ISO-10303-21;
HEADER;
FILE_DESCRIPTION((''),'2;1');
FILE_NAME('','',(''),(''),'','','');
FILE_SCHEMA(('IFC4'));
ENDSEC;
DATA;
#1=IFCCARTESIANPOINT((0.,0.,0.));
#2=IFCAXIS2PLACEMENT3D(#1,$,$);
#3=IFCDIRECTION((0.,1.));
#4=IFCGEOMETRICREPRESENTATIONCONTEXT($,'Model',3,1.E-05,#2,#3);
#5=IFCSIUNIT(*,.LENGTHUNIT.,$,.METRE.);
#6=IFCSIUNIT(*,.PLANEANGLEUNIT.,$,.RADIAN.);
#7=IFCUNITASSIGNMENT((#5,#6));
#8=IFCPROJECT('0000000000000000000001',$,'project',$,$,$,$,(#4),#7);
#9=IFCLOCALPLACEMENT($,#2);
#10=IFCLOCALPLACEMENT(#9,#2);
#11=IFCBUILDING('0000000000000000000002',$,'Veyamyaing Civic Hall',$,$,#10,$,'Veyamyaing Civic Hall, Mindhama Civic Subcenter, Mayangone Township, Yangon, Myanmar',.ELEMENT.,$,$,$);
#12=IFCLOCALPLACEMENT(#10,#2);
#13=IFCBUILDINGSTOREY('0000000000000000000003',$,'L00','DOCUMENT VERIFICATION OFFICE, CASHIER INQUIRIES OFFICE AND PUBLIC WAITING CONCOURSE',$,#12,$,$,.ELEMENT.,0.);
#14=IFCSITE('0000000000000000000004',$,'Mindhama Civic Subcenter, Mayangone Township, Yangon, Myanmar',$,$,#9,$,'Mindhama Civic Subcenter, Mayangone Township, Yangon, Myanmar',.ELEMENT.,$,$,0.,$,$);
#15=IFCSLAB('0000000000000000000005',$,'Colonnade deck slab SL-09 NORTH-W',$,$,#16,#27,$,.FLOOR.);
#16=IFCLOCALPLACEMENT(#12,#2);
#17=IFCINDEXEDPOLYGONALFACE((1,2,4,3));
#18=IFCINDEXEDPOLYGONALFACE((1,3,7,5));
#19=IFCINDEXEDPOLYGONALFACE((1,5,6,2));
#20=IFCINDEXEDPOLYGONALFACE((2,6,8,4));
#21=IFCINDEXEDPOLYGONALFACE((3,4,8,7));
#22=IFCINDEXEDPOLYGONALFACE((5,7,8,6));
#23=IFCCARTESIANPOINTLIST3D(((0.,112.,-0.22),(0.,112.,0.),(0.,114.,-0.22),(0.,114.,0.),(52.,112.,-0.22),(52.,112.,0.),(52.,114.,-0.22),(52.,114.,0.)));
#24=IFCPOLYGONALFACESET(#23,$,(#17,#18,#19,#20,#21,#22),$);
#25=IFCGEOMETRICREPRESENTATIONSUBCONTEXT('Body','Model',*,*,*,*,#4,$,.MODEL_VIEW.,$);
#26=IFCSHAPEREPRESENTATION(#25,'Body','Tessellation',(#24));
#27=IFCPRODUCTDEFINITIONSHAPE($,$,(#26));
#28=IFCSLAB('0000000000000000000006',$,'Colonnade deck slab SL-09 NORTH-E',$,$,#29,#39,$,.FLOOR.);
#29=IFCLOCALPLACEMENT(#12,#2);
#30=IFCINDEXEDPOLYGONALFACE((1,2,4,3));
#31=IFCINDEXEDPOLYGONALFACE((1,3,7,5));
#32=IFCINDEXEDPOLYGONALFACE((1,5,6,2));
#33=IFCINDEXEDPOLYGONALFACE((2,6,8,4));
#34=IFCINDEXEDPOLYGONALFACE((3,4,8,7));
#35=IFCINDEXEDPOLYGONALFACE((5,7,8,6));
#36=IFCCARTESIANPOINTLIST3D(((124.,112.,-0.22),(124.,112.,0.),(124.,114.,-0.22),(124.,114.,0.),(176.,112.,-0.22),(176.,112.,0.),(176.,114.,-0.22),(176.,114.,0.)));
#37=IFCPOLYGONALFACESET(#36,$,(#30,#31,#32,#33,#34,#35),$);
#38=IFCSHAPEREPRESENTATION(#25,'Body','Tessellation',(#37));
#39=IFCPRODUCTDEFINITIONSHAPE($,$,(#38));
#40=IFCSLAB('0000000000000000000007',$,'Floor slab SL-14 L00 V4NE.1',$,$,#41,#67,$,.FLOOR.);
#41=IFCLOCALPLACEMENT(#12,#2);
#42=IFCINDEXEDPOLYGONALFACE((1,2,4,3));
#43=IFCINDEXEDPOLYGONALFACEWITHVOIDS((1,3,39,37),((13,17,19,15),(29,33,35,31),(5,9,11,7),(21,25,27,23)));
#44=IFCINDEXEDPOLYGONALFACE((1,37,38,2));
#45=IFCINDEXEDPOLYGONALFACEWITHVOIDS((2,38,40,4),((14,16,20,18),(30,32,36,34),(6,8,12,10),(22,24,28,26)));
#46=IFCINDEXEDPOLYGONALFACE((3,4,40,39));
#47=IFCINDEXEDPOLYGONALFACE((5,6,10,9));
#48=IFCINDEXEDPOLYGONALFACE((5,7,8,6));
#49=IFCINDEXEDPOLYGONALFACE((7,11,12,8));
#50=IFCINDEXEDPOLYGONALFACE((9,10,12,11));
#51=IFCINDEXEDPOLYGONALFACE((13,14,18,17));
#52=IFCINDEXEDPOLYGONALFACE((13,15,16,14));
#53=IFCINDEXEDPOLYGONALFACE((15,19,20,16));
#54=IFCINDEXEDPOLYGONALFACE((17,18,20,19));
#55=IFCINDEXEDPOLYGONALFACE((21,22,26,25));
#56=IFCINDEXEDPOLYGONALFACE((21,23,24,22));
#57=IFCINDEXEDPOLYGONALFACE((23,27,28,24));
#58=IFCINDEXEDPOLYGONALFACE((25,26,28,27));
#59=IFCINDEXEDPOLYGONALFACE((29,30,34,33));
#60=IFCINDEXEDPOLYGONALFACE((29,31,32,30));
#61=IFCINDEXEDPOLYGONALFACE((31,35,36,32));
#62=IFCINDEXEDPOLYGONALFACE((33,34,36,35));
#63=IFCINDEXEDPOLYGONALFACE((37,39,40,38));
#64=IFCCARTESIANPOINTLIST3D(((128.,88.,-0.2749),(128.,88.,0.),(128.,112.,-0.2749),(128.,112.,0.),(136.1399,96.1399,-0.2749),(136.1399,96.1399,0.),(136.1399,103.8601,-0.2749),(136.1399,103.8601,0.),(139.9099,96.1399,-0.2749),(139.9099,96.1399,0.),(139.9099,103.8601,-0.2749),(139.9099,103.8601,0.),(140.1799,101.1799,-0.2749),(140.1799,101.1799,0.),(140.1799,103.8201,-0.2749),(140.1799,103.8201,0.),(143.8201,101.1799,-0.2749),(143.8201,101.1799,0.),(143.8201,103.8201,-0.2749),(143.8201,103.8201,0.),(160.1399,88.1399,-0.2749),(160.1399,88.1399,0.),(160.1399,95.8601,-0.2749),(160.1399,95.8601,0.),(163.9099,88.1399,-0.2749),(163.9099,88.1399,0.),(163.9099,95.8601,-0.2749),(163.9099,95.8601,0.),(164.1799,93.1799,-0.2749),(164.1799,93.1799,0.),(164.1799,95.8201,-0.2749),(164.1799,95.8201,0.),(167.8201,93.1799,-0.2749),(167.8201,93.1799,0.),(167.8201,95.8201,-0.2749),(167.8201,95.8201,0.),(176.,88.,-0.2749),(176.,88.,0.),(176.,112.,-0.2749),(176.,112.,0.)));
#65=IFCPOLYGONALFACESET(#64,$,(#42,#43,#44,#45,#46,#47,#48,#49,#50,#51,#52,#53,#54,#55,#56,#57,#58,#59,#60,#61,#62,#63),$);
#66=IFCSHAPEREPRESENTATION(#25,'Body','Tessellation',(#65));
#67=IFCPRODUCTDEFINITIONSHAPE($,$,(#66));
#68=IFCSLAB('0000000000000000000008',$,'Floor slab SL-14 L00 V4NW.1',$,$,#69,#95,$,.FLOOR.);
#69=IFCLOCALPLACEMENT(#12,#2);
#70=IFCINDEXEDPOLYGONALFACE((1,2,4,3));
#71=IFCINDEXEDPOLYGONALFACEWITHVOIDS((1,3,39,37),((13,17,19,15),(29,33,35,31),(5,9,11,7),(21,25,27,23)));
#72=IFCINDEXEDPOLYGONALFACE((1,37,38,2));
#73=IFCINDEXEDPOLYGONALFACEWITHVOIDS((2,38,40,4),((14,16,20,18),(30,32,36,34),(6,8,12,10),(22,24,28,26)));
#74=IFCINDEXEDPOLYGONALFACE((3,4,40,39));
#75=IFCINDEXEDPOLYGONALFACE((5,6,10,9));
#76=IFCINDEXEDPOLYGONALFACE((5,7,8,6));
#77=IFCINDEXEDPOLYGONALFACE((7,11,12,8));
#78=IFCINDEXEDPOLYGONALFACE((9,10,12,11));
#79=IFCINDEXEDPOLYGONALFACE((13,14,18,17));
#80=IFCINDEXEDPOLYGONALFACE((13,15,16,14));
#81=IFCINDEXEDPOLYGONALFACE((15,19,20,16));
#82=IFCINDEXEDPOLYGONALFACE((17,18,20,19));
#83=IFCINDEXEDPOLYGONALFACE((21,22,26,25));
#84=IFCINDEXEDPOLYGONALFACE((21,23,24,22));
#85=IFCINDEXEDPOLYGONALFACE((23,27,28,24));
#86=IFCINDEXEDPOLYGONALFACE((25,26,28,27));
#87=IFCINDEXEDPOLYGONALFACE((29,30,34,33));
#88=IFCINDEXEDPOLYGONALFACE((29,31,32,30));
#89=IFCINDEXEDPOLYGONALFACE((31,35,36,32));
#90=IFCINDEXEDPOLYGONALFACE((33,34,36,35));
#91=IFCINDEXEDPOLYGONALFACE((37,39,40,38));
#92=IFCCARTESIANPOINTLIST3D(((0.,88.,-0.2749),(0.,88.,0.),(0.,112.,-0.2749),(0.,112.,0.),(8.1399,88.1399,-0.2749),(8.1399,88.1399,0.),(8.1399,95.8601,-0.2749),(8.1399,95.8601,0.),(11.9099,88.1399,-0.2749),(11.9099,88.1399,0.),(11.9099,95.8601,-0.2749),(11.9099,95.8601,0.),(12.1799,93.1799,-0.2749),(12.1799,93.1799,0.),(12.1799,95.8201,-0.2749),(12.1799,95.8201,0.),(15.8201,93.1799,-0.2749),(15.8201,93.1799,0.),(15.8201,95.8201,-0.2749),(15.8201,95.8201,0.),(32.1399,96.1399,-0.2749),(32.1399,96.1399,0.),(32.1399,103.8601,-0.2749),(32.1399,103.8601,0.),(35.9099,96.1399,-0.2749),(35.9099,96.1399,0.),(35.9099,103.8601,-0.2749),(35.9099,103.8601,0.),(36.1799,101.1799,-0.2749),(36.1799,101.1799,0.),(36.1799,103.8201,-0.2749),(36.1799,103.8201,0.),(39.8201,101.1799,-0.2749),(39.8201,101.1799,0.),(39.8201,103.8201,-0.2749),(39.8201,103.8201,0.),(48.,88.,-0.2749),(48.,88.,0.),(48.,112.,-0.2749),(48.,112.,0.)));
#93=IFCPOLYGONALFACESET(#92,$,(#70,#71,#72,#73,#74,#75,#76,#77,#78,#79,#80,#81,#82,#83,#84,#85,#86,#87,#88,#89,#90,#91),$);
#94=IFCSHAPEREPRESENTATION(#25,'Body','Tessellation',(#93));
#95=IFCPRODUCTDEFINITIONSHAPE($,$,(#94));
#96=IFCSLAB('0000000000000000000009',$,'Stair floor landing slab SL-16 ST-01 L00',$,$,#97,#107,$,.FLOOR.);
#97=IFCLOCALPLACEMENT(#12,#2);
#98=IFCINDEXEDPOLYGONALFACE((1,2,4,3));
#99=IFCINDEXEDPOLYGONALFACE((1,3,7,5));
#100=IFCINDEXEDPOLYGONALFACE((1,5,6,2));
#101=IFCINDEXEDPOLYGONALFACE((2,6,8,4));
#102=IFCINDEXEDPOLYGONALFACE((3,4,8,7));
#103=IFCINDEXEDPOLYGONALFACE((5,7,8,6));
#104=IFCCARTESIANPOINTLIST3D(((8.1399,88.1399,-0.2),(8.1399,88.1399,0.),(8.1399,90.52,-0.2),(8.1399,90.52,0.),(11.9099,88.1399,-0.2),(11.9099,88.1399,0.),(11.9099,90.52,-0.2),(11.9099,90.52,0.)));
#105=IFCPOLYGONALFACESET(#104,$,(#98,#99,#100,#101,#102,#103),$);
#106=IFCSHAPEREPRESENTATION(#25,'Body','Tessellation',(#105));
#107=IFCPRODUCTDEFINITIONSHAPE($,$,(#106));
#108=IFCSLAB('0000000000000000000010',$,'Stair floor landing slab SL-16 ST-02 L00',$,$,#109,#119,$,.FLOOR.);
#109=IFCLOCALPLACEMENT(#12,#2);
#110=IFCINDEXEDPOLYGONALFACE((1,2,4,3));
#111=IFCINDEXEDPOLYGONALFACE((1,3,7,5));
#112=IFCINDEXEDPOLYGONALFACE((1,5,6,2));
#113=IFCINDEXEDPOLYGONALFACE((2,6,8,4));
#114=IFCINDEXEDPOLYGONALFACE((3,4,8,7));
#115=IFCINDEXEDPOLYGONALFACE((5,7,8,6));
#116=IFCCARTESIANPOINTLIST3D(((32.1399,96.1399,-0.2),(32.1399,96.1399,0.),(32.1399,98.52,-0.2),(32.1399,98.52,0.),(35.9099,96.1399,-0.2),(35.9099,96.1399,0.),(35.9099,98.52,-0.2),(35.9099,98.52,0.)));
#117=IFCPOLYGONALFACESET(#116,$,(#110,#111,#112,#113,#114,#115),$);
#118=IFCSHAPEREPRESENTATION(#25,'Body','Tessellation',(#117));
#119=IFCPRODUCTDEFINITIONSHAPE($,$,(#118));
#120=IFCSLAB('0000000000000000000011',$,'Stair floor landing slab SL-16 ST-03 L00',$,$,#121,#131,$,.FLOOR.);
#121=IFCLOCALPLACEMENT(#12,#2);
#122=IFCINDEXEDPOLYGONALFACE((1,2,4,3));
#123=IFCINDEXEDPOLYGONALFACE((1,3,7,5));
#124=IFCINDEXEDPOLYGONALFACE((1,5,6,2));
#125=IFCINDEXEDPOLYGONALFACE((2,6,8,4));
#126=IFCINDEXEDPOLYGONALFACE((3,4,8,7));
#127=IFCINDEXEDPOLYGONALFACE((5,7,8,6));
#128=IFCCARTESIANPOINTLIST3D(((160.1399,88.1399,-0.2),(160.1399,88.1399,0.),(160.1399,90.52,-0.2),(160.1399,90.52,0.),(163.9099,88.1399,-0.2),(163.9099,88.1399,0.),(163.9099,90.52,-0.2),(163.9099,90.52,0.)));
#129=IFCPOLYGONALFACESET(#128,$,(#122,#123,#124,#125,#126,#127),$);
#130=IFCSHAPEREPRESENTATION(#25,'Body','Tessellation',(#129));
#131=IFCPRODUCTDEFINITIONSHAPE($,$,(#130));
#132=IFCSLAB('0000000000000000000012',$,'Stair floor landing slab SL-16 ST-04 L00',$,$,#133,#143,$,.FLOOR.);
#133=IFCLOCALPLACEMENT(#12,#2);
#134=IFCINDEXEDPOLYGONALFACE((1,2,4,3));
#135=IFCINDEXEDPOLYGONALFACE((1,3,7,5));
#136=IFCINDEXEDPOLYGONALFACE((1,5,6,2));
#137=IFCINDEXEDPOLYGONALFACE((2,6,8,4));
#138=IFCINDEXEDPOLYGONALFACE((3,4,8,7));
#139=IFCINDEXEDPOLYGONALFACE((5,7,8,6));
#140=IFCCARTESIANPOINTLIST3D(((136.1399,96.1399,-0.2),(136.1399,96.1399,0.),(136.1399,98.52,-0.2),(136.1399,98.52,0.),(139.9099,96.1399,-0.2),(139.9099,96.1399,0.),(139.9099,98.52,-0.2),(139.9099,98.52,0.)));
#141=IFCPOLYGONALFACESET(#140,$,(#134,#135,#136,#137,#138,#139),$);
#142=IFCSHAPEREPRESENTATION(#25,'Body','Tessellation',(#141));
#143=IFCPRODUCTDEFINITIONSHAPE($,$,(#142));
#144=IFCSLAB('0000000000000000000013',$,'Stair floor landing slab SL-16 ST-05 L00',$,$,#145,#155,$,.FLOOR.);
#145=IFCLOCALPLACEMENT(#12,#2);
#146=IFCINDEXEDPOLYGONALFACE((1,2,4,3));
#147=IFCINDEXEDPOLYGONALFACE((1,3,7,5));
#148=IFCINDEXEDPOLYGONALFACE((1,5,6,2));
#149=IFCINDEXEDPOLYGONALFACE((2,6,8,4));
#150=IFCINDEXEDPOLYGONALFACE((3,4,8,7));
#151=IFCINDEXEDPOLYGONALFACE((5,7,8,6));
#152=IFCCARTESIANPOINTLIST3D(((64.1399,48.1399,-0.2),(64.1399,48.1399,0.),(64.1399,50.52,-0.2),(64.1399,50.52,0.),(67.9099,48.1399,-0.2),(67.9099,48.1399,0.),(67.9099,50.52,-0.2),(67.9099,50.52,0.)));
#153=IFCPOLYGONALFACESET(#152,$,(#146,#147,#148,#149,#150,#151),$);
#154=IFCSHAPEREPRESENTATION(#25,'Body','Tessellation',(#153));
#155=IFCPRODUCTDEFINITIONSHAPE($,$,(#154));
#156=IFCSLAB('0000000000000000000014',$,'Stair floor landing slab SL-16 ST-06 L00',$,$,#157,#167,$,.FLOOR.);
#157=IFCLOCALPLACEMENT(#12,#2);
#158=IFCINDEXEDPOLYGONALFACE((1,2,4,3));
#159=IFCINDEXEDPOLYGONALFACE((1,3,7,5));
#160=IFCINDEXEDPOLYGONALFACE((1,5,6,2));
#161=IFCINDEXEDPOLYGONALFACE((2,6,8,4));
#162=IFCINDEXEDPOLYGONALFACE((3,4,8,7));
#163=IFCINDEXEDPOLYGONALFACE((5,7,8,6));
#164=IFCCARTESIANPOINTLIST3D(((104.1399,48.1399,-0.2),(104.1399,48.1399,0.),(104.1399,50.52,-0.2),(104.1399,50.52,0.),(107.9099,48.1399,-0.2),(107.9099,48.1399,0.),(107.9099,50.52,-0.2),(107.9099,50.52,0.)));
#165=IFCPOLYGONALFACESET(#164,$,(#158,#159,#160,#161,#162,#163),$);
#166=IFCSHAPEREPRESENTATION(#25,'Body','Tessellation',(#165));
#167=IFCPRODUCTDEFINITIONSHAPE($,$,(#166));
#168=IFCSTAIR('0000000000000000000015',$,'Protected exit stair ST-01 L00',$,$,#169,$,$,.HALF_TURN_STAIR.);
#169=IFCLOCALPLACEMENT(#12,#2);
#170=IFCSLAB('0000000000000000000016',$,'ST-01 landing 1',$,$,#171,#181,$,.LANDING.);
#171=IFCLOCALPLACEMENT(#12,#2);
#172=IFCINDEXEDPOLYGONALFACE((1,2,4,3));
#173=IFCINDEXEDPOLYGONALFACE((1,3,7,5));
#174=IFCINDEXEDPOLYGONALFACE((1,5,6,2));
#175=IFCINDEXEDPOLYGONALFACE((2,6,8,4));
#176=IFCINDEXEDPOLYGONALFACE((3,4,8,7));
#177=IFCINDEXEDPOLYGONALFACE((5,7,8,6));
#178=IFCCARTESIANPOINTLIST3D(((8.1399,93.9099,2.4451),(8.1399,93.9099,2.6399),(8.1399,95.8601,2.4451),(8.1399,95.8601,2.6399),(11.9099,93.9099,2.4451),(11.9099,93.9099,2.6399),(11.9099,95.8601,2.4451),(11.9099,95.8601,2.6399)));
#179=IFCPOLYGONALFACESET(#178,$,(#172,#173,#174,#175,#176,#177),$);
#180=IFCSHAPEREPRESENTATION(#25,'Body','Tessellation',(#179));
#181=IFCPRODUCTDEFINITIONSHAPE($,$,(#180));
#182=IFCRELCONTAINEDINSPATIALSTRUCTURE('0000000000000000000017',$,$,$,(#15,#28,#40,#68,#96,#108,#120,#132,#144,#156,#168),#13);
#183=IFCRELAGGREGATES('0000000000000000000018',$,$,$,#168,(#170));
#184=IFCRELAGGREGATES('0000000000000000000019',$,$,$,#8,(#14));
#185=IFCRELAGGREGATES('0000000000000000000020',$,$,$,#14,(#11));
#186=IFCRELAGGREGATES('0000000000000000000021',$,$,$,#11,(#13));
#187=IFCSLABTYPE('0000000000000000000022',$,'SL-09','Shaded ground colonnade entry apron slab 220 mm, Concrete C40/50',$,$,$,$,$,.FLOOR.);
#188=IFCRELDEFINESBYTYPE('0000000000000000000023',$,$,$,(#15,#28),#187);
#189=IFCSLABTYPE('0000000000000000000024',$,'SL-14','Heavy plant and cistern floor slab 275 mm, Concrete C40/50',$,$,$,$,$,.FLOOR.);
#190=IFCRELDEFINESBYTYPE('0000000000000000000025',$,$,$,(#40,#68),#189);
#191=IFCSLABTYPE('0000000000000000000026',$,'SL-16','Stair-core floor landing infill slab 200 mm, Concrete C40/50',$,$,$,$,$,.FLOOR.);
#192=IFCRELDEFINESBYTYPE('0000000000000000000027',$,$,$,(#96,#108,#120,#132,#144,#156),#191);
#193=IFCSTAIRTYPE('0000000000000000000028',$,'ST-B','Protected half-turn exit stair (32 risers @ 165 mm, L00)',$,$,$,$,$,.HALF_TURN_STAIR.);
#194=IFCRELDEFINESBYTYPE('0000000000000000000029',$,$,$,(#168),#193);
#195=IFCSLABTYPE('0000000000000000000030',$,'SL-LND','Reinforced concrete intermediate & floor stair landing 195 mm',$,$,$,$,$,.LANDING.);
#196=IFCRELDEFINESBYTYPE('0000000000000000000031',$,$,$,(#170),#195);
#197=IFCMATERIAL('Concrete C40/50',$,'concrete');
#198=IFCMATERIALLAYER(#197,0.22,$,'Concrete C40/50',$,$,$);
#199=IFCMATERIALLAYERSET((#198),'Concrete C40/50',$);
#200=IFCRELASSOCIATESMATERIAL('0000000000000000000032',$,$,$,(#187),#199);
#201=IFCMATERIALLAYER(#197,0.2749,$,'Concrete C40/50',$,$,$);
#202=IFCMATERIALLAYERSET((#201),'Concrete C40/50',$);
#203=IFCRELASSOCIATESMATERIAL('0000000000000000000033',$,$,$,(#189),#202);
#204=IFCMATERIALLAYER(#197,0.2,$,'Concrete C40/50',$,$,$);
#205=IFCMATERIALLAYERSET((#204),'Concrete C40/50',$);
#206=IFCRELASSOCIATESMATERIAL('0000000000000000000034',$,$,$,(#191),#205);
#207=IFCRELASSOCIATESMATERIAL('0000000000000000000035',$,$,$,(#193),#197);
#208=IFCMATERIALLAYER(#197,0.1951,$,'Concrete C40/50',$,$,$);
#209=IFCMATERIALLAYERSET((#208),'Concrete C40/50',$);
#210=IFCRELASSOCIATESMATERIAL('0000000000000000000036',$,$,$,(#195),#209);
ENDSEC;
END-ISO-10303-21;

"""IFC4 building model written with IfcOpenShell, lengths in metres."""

from ifc_helpers import new_model, si_unit, direction, frame, origin, place, context, subcontext, project, spatial, polyline, outline, extrude, material, layer, layer_set, type_object, element, aggregate, save


model = new_model("IFC4")

# Units and contexts
model_context = context("Model", 3, precision=1e-05, world=origin(), true_north=direction((0.0, 1.0)))
body_context = subcontext(model_context, "Body", "Model", "MODEL_VIEW")
ifc_project = project(units=[si_unit("LENGTHUNIT", "METRE"), si_unit("PLANEANGLEUNIT", "RADIAN")], contexts=[model_context])

# Site, building, storey
site_placement = place(None, origin())
site = spatial("IfcSite", under=ifc_project, at=site_placement, Name="Mindhama Civic Subcenter, Mayangone Township, Yangon, Myanmar", LongName="Mindhama Civic Subcenter, Mayangone Township, Yangon, Myanmar", CompositionType="ELEMENT", RefElevation=0.0)
building_placement = place(site_placement, origin())
building = spatial("IfcBuilding", under=site, at=building_placement, Name="Veyamyaing Civic Hall", LongName="Veyamyaing Civic Hall, Mindhama Civic Subcenter, Mayangone Township, Yangon, Myanmar", CompositionType="ELEMENT")
storey_placement = place(building_placement, origin())
storey = spatial("IfcBuildingStorey", under=building, at=storey_placement, Name="L00", Description="DOCUMENT VERIFICATION OFFICE, CASHIER INQUIRIES OFFICE AND PUBLIC WAITING CONCOURSE", CompositionType="ELEMENT", Elevation=0.0)

# Slabs
ifc_material_1 = material(Name="Concrete C40/50", Category="concrete")
ifc_layer_1 = layer(ifc_material_1, 0.22, Name="Concrete C40/50")
ifc_layer_set_1 = layer_set([ifc_layer_1], Name="Concrete C40/50")
slab_type_1 = type_object("IfcSlabType", Name="SL-09", Description="Shaded ground colonnade entry apron slab 220 mm, Concrete C40/50", PredefinedType="FLOOR", material=ifc_layer_set_1)
slab_1_placement = place(storey_placement, frame((0.0, 0.0, -0.22)))
element("IfcSlab", 1, at=slab_1_placement, inside=storey, type_object=slab_type_1, Name="Colonnade deck slab SL-09 NORTH-W", PredefinedType="FLOOR", context=body_context, shape_type="SweptSolid", body=[
    extrude(outline(polyline([(52.0, 112.0), (52.0, 114.0), (0.0, 114.0), (0.0, 112.0), (52.0, 112.0)])), origin(), (0.0, 0.0, 1.0), 0.22),
])
slab_2_placement = place(storey_placement, frame((0.0, 0.0, -0.22)))
element("IfcSlab", 2, at=slab_2_placement, inside=storey, type_object=slab_type_1, Name="Colonnade deck slab SL-09 NORTH-E", PredefinedType="FLOOR", context=body_context, shape_type="SweptSolid", body=[
    extrude(outline(polyline([(176.0, 112.0), (176.0, 114.0), (124.0, 114.0), (124.0, 112.0), (176.0, 112.0)])), origin(), (0.0, 0.0, 1.0), 0.22),
])
ifc_layer_2 = layer(ifc_material_1, 0.2749, Name="Concrete C40/50")
ifc_layer_set_2 = layer_set([ifc_layer_2], Name="Concrete C40/50")
slab_type_2 = type_object("IfcSlabType", Name="SL-14", Description="Heavy plant and cistern floor slab 275 mm, Concrete C40/50", PredefinedType="FLOOR", material=ifc_layer_set_2)
slab_3_placement = place(storey_placement, frame((0.0, 0.0, -0.2749)))
element("IfcSlab", 3, at=slab_3_placement, inside=storey, type_object=slab_type_2, Name="Floor slab SL-14 L00 V4NE.1", PredefinedType="FLOOR", context=body_context, shape_type="SweptSolid", body=[
    extrude(outline(polyline([(128.0, 112.0), (176.0, 112.0), (176.0, 88.0), (128.0, 88.0), (128.0, 112.0)]), holes=[polyline([(163.9099, 95.8601), (160.1399, 95.8601), (160.1399, 88.1399), (163.9099, 88.1399), (163.9099, 95.8601)]), polyline([(167.8201, 95.8201), (164.1799, 95.8201), (164.1799, 93.1799), (167.8201, 93.1799), (167.8201, 95.8201)]), polyline([(139.9099, 103.8601), (136.1399, 103.8601), (136.1399, 96.1399), (139.9099, 96.1399), (139.9099, 103.8601)]), polyline([(143.8201, 103.8201), (140.1799, 103.8201), (140.1799, 101.1799), (143.8201, 101.1799), (143.8201, 103.8201)])]), origin(), (0.0, 0.0, 1.0), 0.2749),
])
slab_4_placement = place(storey_placement, frame((0.0, 0.0, -0.2749)))
element("IfcSlab", 4, at=slab_4_placement, inside=storey, type_object=slab_type_2, Name="Floor slab SL-14 L00 V4NW.1", PredefinedType="FLOOR", context=body_context, shape_type="SweptSolid", body=[
    extrude(outline(polyline([(0.0, 112.0), (48.0, 112.0), (48.0, 88.0), (0.0, 88.0), (0.0, 112.0)]), holes=[polyline([(11.9099, 95.8601), (8.1399, 95.8601), (8.1399, 88.1399), (11.9099, 88.1399), (11.9099, 95.8601)]), polyline([(15.8201, 95.8201), (12.1799, 95.8201), (12.1799, 93.1799), (15.8201, 93.1799), (15.8201, 95.8201)]), polyline([(35.9099, 103.8601), (32.1399, 103.8601), (32.1399, 96.1399), (35.9099, 96.1399), (35.9099, 103.8601)]), polyline([(39.8201, 103.8201), (36.1799, 103.8201), (36.1799, 101.1799), (39.8201, 101.1799), (39.8201, 103.8201)])]), origin(), (0.0, 0.0, 1.0), 0.2749),
])
ifc_layer_3 = layer(ifc_material_1, 0.2, Name="Concrete C40/50")
ifc_layer_set_3 = layer_set([ifc_layer_3], Name="Concrete C40/50")
slab_type_3 = type_object("IfcSlabType", Name="SL-16", Description="Stair-core floor landing infill slab 200 mm, Concrete C40/50", PredefinedType="FLOOR", material=ifc_layer_set_3)
slab_5_placement = place(storey_placement, frame((0.0, 0.0, -0.2)))
element("IfcSlab", 5, at=slab_5_placement, inside=storey, type_object=slab_type_3, Name="Stair floor landing slab SL-16 ST-01 L00", PredefinedType="FLOOR", context=body_context, shape_type="SweptSolid", body=[
    extrude(outline(polyline([(8.1399, 88.1399), (11.9099, 88.1399), (11.9099, 90.52), (8.1399, 90.52), (8.1399, 88.1399)])), origin(), (0.0, 0.0, 1.0), 0.2),
])
slab_6_placement = place(storey_placement, frame((0.0, 0.0, -0.2)))
element("IfcSlab", 6, at=slab_6_placement, inside=storey, type_object=slab_type_3, Name="Stair floor landing slab SL-16 ST-02 L00", PredefinedType="FLOOR", context=body_context, shape_type="SweptSolid", body=[
    extrude(outline(polyline([(32.1399, 96.1399), (35.9099, 96.1399), (35.9099, 98.52), (32.1399, 98.52), (32.1399, 96.1399)])), origin(), (0.0, 0.0, 1.0), 0.2),
])
slab_7_placement = place(storey_placement, frame((0.0, 0.0, -0.2)))
element("IfcSlab", 7, at=slab_7_placement, inside=storey, type_object=slab_type_3, Name="Stair floor landing slab SL-16 ST-03 L00", PredefinedType="FLOOR", context=body_context, shape_type="SweptSolid", body=[
    extrude(outline(polyline([(160.1399, 88.1399), (163.9099, 88.1399), (163.9099, 90.52), (160.1399, 90.52), (160.1399, 88.1399)])), origin(), (0.0, 0.0, 1.0), 0.2),
])
slab_8_placement = place(storey_placement, frame((0.0, 0.0, -0.2)))
element("IfcSlab", 8, at=slab_8_placement, inside=storey, type_object=slab_type_3, Name="Stair floor landing slab SL-16 ST-04 L00", PredefinedType="FLOOR", context=body_context, shape_type="SweptSolid", body=[
    extrude(outline(polyline([(136.1399, 96.1399), (139.9099, 96.1399), (139.9099, 98.52), (136.1399, 98.52), (136.1399, 96.1399)])), origin(), (0.0, 0.0, 1.0), 0.2),
])
slab_9_placement = place(storey_placement, frame((0.0, 0.0, -0.2)))
element("IfcSlab", 9, at=slab_9_placement, inside=storey, type_object=slab_type_3, Name="Stair floor landing slab SL-16 ST-05 L00", PredefinedType="FLOOR", context=body_context, shape_type="SweptSolid", body=[
    extrude(outline(polyline([(64.1399, 48.1399), (67.9099, 48.1399), (67.9099, 50.52), (64.1399, 50.52), (64.1399, 48.1399)])), origin(), (0.0, 0.0, 1.0), 0.2),
])
slab_10_placement = place(storey_placement, frame((0.0, 0.0, -0.2)))
element("IfcSlab", 10, at=slab_10_placement, inside=storey, type_object=slab_type_3, Name="Stair floor landing slab SL-16 ST-06 L00", PredefinedType="FLOOR", context=body_context, shape_type="SweptSolid", body=[
    extrude(outline(polyline([(104.1399, 48.1399), (107.9099, 48.1399), (107.9099, 50.52), (104.1399, 50.52), (104.1399, 48.1399)])), origin(), (0.0, 0.0, 1.0), 0.2),
])

# Stair, slab
stair_type = type_object("IfcStairType", Name="ST-B", Description="Protected half-turn exit stair (32 risers @ 165 mm, L00)", PredefinedType="HALF_TURN_STAIR", material=ifc_material_1)
stair_1_placement = place(storey_placement, origin())
stair_1 = element("IfcStair", 11, at=stair_1_placement, inside=storey, type_object=stair_type, Name="Protected exit stair ST-01 L00", PredefinedType="HALF_TURN_STAIR")
ifc_layer_4 = layer(ifc_material_1, 0.1951, Name="Concrete C40/50")
ifc_layer_set_4 = layer_set([ifc_layer_4], Name="Concrete C40/50")
slab_type_4 = type_object("IfcSlabType", Name="SL-LND", Description="Reinforced concrete intermediate & floor stair landing 195 mm", PredefinedType="LANDING", material=ifc_layer_set_4)
slab_11_placement = place(storey_placement, frame((0.0, 0.0, 2.4451)))
slab_11 = element("IfcSlab", 12, at=slab_11_placement, type_object=slab_type_4, Name="ST-01 landing 1", PredefinedType="LANDING", context=body_context, shape_type="SweptSolid", body=[
    extrude(outline(polyline([(8.1399, 93.9099), (11.9099, 93.9099), (11.9099, 95.8601), (8.1399, 95.8601), (8.1399, 93.9099)])), origin(), (0.0, 0.0, 1.0), 0.1948),
])
aggregate(stair_1, [slab_11])

save(model, "model.ifc")
